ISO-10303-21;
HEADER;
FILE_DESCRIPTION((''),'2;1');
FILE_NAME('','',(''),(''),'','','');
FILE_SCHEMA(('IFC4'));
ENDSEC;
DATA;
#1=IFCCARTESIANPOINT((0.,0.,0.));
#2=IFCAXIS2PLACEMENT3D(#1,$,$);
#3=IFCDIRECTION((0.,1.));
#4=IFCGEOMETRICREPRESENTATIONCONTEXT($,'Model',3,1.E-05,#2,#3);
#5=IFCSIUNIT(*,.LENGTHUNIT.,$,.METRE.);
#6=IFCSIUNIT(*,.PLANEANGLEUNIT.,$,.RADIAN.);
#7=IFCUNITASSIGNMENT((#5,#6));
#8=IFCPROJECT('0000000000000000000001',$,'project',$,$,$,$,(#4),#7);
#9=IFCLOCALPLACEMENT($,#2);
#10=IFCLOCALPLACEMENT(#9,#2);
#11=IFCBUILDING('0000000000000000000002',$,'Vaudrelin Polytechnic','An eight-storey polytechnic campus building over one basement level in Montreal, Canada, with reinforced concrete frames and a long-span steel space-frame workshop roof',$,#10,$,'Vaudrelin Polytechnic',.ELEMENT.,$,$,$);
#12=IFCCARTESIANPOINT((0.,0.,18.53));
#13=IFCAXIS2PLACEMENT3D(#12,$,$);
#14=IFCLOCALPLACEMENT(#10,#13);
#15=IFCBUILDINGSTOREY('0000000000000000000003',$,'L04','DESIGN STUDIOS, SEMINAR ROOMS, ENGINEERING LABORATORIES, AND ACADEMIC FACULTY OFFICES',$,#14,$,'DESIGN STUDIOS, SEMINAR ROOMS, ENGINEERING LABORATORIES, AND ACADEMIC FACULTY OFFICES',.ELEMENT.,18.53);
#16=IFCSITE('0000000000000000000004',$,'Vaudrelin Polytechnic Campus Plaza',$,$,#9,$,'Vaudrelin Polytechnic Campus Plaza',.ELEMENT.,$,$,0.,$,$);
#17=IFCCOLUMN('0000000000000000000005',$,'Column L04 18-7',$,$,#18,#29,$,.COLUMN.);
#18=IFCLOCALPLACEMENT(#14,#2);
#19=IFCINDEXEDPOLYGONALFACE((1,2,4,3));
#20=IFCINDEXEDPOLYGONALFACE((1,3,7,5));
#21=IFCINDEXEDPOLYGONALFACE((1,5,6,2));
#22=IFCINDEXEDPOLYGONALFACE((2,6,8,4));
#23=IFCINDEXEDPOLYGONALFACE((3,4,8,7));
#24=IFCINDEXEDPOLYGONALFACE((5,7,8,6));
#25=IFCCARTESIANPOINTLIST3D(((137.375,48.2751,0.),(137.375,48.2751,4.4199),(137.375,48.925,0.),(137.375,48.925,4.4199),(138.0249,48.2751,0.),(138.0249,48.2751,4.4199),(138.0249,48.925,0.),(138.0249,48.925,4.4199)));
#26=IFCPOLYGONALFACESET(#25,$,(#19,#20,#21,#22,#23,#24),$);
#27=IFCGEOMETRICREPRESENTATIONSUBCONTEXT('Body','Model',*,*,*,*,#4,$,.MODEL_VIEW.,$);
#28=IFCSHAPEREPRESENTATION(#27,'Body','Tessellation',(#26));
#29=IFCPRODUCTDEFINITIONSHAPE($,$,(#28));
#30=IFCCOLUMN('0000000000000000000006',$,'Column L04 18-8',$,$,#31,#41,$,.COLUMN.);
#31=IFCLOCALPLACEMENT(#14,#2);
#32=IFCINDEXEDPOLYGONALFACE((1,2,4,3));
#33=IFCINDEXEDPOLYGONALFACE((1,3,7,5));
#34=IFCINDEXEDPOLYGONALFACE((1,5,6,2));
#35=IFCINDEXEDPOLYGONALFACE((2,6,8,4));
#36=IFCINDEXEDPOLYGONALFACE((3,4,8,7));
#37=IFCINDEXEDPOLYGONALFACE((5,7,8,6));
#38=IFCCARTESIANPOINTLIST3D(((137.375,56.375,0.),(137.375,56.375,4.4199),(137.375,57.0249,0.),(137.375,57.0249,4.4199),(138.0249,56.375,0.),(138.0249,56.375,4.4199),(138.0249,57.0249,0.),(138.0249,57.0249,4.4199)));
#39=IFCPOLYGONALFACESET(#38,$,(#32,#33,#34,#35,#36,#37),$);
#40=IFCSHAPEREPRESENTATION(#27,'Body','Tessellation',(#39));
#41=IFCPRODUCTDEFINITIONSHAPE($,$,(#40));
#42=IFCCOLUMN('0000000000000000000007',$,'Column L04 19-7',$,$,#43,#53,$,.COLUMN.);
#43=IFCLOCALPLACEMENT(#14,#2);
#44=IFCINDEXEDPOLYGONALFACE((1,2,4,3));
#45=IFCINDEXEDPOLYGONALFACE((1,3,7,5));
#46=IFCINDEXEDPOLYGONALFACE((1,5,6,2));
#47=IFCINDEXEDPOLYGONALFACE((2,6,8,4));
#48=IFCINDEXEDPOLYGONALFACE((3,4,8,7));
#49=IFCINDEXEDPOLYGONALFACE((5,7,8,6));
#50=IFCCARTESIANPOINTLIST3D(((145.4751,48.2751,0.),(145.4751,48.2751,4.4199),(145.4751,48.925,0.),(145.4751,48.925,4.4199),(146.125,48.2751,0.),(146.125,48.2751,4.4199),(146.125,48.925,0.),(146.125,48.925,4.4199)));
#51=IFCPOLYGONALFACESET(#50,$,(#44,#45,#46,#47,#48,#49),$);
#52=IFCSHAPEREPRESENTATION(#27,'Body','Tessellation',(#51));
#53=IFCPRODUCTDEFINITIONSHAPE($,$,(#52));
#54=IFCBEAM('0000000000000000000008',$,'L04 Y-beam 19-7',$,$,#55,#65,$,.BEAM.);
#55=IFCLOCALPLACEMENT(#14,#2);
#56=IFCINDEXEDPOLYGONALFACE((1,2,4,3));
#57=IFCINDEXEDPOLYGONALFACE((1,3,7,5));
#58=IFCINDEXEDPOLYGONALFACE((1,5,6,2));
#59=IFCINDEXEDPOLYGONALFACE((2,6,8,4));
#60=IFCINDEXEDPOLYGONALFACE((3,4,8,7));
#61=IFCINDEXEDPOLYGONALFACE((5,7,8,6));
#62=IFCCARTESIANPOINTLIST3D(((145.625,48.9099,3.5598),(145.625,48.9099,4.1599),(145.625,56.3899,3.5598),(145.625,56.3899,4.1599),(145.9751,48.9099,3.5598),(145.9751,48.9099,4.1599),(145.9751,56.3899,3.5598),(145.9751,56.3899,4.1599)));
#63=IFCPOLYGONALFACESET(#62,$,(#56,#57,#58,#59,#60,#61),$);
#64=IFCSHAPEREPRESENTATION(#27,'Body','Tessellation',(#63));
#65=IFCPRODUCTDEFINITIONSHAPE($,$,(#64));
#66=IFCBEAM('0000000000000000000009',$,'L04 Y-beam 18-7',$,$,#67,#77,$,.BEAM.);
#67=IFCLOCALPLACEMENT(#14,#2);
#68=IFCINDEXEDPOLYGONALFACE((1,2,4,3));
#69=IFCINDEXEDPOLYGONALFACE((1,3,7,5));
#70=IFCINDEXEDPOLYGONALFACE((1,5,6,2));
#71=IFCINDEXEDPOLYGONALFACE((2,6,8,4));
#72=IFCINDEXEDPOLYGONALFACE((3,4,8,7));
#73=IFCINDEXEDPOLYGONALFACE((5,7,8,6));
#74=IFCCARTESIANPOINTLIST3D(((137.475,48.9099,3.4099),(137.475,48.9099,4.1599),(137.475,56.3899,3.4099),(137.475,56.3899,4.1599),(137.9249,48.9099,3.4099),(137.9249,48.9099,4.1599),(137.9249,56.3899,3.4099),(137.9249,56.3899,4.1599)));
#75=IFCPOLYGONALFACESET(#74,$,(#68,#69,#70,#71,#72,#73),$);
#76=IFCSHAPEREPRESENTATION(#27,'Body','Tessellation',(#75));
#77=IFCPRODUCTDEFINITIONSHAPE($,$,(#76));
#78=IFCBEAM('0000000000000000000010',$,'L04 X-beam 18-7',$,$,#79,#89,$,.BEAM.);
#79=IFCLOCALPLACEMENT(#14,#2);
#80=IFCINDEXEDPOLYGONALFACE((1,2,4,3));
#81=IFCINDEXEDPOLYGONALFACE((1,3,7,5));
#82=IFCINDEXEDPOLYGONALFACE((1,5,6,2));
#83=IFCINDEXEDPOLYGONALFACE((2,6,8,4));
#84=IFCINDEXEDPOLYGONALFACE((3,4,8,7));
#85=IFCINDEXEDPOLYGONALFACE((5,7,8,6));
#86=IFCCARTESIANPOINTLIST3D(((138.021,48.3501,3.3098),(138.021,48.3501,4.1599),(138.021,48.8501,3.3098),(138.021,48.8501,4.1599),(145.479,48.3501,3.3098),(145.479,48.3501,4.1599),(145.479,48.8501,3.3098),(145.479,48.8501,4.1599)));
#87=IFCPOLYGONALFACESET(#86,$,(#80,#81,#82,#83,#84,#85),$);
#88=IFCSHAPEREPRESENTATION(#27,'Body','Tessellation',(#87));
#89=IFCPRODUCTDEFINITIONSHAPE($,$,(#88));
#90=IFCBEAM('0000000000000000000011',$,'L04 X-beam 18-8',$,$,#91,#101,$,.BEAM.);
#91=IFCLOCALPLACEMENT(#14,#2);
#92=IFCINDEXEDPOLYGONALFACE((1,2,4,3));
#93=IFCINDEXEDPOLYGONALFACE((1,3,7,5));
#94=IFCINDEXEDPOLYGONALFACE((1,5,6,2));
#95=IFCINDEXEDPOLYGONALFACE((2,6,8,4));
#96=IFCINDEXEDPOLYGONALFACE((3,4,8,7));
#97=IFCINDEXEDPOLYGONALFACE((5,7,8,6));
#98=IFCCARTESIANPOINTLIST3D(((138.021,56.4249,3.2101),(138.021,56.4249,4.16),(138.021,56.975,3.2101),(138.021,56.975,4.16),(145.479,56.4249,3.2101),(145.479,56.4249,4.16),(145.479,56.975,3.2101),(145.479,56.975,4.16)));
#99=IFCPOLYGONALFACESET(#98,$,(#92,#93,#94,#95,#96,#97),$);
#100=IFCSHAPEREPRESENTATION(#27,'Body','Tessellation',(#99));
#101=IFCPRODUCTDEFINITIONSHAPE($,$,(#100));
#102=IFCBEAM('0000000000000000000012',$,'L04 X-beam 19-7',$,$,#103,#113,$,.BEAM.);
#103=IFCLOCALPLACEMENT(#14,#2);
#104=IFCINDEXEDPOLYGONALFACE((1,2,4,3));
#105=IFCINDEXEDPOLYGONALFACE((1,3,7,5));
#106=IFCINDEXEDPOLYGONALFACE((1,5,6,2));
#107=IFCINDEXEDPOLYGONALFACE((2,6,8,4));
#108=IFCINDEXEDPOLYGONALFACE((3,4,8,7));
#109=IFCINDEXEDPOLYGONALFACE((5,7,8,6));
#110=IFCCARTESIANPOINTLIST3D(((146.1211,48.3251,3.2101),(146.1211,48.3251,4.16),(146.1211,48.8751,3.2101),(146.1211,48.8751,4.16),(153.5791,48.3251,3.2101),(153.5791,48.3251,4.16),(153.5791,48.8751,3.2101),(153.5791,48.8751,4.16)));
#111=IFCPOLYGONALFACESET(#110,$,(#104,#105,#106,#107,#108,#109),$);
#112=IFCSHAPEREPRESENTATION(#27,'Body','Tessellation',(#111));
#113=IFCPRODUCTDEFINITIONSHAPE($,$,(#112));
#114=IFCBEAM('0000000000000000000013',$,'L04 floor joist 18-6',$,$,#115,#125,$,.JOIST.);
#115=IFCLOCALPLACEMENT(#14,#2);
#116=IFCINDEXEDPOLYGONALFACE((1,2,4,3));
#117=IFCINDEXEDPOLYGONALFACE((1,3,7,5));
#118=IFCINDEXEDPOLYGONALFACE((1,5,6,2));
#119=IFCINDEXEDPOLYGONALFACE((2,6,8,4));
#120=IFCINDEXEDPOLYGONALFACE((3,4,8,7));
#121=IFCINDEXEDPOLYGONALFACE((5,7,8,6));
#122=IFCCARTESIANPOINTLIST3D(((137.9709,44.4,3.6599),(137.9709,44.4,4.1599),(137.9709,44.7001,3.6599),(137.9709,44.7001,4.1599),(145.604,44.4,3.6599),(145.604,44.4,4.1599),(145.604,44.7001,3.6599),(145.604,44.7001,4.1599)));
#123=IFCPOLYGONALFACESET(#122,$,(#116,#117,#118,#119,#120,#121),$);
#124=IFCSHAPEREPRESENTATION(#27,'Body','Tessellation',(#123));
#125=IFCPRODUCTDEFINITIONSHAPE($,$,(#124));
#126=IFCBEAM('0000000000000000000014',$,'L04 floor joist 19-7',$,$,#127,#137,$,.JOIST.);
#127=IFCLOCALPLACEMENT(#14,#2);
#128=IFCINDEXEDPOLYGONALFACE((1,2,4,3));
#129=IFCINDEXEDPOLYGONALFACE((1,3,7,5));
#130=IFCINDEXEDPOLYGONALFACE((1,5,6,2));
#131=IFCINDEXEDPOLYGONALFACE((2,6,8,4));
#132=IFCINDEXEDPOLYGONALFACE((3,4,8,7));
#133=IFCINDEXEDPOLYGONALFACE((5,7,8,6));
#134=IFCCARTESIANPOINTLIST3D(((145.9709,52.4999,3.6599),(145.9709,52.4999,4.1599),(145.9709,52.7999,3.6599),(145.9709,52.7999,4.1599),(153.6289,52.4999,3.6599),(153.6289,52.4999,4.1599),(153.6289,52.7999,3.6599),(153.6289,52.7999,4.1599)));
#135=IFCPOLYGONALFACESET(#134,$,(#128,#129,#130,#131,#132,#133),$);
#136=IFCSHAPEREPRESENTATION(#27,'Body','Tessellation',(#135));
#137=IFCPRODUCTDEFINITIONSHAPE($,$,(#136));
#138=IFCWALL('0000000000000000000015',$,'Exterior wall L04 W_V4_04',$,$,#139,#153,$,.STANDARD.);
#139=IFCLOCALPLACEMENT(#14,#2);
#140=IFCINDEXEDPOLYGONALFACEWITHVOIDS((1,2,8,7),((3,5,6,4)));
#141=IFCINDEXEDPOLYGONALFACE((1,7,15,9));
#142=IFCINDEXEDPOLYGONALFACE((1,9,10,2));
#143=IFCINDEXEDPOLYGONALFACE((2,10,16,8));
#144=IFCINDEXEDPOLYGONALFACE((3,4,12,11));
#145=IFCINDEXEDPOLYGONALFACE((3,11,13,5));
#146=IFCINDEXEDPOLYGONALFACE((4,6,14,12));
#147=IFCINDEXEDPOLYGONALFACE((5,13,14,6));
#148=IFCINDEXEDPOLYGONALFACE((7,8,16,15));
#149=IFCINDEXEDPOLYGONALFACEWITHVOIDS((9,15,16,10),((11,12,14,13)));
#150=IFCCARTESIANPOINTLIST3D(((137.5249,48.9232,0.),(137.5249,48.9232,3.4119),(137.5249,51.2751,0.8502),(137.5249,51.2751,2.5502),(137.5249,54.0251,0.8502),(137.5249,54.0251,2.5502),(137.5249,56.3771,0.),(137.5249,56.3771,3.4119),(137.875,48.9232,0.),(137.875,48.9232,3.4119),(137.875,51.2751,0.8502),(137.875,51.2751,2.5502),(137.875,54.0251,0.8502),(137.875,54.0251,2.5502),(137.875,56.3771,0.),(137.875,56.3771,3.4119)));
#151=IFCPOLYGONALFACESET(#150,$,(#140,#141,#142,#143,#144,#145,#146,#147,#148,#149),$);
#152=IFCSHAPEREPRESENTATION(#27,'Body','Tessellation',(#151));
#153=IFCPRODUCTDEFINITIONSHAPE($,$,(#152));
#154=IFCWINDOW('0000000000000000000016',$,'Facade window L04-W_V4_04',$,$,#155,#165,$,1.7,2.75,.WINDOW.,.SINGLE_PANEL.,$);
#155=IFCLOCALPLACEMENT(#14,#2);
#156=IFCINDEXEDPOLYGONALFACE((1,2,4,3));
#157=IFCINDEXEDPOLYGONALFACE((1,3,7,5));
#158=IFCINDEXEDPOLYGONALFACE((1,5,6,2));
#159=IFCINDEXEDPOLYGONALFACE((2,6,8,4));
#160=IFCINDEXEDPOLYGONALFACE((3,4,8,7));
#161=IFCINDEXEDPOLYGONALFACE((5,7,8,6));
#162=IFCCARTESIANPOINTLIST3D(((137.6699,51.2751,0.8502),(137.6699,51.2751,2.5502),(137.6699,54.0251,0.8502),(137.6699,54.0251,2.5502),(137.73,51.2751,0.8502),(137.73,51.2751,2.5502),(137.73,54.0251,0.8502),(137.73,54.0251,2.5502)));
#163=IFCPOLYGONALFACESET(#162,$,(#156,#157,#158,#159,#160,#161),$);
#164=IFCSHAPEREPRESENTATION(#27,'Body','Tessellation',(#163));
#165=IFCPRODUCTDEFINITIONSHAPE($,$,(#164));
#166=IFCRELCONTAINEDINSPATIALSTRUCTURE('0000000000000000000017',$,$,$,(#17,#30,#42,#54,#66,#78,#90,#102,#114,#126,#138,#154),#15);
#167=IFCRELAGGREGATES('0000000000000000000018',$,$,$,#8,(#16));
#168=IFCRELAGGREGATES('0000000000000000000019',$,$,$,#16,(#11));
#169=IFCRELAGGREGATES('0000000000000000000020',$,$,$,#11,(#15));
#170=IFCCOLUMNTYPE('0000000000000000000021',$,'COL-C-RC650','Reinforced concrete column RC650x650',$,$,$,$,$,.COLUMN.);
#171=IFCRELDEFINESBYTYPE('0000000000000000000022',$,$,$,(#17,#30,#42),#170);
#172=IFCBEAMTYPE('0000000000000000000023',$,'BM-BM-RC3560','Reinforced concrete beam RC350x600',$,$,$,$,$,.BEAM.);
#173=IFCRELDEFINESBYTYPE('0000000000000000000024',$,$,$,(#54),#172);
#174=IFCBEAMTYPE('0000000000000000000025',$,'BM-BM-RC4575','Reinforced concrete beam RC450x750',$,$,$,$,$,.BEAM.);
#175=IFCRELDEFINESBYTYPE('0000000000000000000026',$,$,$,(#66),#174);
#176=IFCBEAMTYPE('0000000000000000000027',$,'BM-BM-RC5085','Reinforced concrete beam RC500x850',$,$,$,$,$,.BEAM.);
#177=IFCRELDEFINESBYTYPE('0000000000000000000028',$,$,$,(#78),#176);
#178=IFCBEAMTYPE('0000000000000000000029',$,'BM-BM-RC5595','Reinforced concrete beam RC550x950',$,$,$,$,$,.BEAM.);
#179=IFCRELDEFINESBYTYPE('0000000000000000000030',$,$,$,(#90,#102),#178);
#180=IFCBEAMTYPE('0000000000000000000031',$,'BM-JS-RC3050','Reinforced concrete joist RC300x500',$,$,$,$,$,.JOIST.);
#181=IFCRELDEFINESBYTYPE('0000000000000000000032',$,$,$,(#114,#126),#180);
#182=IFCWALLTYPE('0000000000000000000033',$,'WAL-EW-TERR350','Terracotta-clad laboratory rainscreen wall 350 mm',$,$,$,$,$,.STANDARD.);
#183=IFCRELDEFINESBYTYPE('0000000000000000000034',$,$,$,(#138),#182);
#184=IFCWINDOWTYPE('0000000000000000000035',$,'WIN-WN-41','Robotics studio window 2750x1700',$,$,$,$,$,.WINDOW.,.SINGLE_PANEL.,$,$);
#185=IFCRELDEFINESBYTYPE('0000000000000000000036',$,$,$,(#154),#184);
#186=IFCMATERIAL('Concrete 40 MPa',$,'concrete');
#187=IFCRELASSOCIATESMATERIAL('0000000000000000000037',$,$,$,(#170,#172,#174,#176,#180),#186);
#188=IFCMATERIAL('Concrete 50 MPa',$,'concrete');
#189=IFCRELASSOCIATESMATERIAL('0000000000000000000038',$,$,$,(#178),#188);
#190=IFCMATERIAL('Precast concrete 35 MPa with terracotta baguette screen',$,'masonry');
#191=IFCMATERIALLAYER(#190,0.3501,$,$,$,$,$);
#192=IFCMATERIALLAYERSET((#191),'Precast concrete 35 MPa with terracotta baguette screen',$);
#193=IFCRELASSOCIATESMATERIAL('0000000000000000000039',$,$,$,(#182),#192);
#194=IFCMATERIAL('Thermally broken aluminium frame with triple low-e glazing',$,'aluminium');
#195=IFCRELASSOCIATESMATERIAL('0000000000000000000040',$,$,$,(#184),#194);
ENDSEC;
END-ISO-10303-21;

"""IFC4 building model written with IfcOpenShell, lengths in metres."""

from ifc_helpers import new_model, si_unit, direction, frame, frame_2d, origin, origin_2d, place, context, subcontext, project, spatial, rectangle, extrude, material, layer, layer_set, material_profile, profile_set, type_object, element, fill, save


model = new_model("IFC4")

# Units and contexts
model_context = context("Model", 3, precision=1e-05, world=origin(), true_north=direction((0.0, 1.0)))
body_context = subcontext(model_context, "Body", "Model", "MODEL_VIEW")
ifc_project = project(units=[si_unit("LENGTHUNIT", "METRE"), si_unit("PLANEANGLEUNIT", "RADIAN")], contexts=[model_context])

# Site, building, storey
site_placement = place(None, origin())
site = spatial("IfcSite", under=ifc_project, at=site_placement, Name="Vaudrelin Polytechnic Campus Plaza", LongName="Vaudrelin Polytechnic Campus Plaza", CompositionType="ELEMENT", RefElevation=0.0)
building_placement = place(site_placement, origin())
building = spatial("IfcBuilding", under=site, at=building_placement, Name="Vaudrelin Polytechnic", Description="An eight-storey polytechnic campus building over one basement level in Montreal, Canada, with reinforced concrete frames and a long-span steel space-frame workshop roof", LongName="Vaudrelin Polytechnic", CompositionType="ELEMENT")
storey_placement = place(building_placement, frame((0.0, 0.0, 18.53)))
storey = spatial("IfcBuildingStorey", under=building, at=storey_placement, Name="L04", Description="DESIGN STUDIOS, SEMINAR ROOMS, ENGINEERING LABORATORIES, AND ACADEMIC FACULTY OFFICES", LongName="DESIGN STUDIOS, SEMINAR ROOMS, ENGINEERING LABORATORIES, AND ACADEMIC FACULTY OFFICES", CompositionType="ELEMENT", Elevation=18.53)

# Columns
ifc_material_1 = material(Name="Concrete 40 MPa", Category="concrete")
ifc_material_profile_1 = material_profile(ifc_material_1, rectangle(XDim=0.6499, YDim=0.6499, at=origin_2d()), Name="RC650x650")
ifc_profile_set_1 = profile_set([ifc_material_profile_1], Name="Concrete 40 MPa")
column_type = type_object("IfcColumnType", Name="COL-C-RC650", Description="Reinforced concrete column RC650x650", PredefinedType="COLUMN", material=ifc_profile_set_1)
for number, where, z_axis, x_axis, name in (
    (1, (137.7, 48.6001, 0.0), (0.0, 0.0, 1.0), (1.0, 0.0, 0.0), "Column L04 18-7"),
    (2, (137.7, 56.7, 0.0), (0.0, 0.0, 1.0), (1.0, 0.0, 0.0), "Column L04 18-8"),
    (3, (145.8, 48.6001, 0.0), (0.0, 0.0, 1.0), (1.0, 0.0, 0.0), "Column L04 19-7"),
):
    element("IfcColumn", number, at=place(storey_placement, frame(where, z_axis=z_axis, x_axis=x_axis)), inside=storey, type_object=column_type, Name=name, PredefinedType="COLUMN", context=body_context, shape_type="SweptSolid", body=[
        extrude(rectangle(XDim=0.6499, YDim=0.6499, at=origin_2d()), origin(), (0.0, 0.0, 1.0), 4.4199),
    ])

# Beams
ifc_material_profile_2 = material_profile(ifc_material_1, rectangle(XDim=0.3501, YDim=0.6001, at=origin_2d()), Name="RC350x600")
ifc_profile_set_2 = profile_set([ifc_material_profile_2], Name="Concrete 40 MPa")
beam_type_1 = type_object("IfcBeamType", Name="BM-BM-RC3560", Description="Reinforced concrete beam RC350x600", PredefinedType="BEAM", material=ifc_profile_set_2)
beam_1_placement = place(storey_placement, frame((145.8, 48.9099, 3.8599), z_axis=(0.0, 1.0, 0.0), x_axis=(-1.0, 0.0, 0.0)))
element("IfcBeam", 4, at=beam_1_placement, inside=storey, type_object=beam_type_1, Name="L04 Y-beam 19-7", PredefinedType="BEAM", context=body_context, shape_type="SweptSolid", body=[
    extrude(rectangle(XDim=0.3501, YDim=0.6001, at=origin_2d()), origin(), (0.0, 0.0, 1.0), 7.48),
])
ifc_material_profile_3 = material_profile(ifc_material_1, rectangle(XDim=0.45, YDim=0.75, at=origin_2d()), Name="RC450x750")
ifc_profile_set_3 = profile_set([ifc_material_profile_3], Name="Concrete 40 MPa")
beam_type_2 = type_object("IfcBeamType", Name="BM-BM-RC4575", Description="Reinforced concrete beam RC450x750", PredefinedType="BEAM", material=ifc_profile_set_3)
beam_2_placement = place(storey_placement, frame((137.7, 48.9099, 3.7849), z_axis=(0.0, 1.0, 0.0), x_axis=(-1.0, 0.0, 0.0)))
element("IfcBeam", 5, at=beam_2_placement, inside=storey, type_object=beam_type_2, Name="L04 Y-beam 18-7", PredefinedType="BEAM", context=body_context, shape_type="SweptSolid", body=[
    extrude(rectangle(XDim=0.45, YDim=0.75, at=origin_2d()), origin(), (0.0, 0.0, 1.0), 7.48),
])
ifc_material_profile_4 = material_profile(ifc_material_1, rectangle(XDim=0.5, YDim=0.8501, at=origin_2d()), Name="RC500x850")
ifc_profile_set_4 = profile_set([ifc_material_profile_4], Name="Concrete 40 MPa")
beam_type_3 = type_object("IfcBeamType", Name="BM-BM-RC5085", Description="Reinforced concrete beam RC500x850", PredefinedType="BEAM", material=ifc_profile_set_4)
beam_3_placement = place(storey_placement, frame((138.021, 48.6001, 3.7349), z_axis=(1.0, 0.0, 0.0), x_axis=(0.0, 1.0, 0.0)))
element("IfcBeam", 6, at=beam_3_placement, inside=storey, type_object=beam_type_3, Name="L04 X-beam 18-7", PredefinedType="BEAM", context=body_context, shape_type="SweptSolid", body=[
    extrude(rectangle(XDim=0.5, YDim=0.8501, at=origin_2d()), origin(), (0.0, 0.0, 1.0), 7.458),
])
ifc_material_2 = material(Name="Concrete 50 MPa", Category="concrete")
ifc_material_profile_5 = material_profile(ifc_material_2, rectangle(XDim=0.55, YDim=0.95, at=origin_2d()), Name="RC550x950")
ifc_profile_set_5 = profile_set([ifc_material_profile_5], Name="Concrete 50 MPa")
beam_type_4 = type_object("IfcBeamType", Name="BM-BM-RC5595", Description="Reinforced concrete beam RC550x950", PredefinedType="BEAM", material=ifc_profile_set_5)
for number, where, z_axis, x_axis, name in (
    (7, (138.021, 56.7, 3.6851), (1.0, 0.0, 0.0), (0.0, 1.0, 0.0), "L04 X-beam 18-8"),
    (8, (146.1211, 48.6001, 3.6851), (1.0, 0.0, 0.0), (0.0, 1.0, 0.0), "L04 X-beam 19-7"),
):
    element("IfcBeam", number, at=place(storey_placement, frame(where, z_axis=z_axis, x_axis=x_axis)), inside=storey, type_object=beam_type_4, Name=name, PredefinedType="BEAM", context=body_context, shape_type="SweptSolid", body=[
        extrude(rectangle(XDim=0.55, YDim=0.95, at=origin_2d()), origin(), (0.0, 0.0, 1.0), 7.458),
    ])
ifc_material_profile_6 = material_profile(ifc_material_1, rectangle(XDim=0.3, YDim=0.5, at=origin_2d()), Name="RC300x500")
ifc_profile_set_6 = profile_set([ifc_material_profile_6], Name="Concrete 40 MPa")
beam_type_5 = type_object("IfcBeamType", Name="BM-JS-RC3050", Description="Reinforced concrete joist RC300x500", PredefinedType="JOIST", material=ifc_profile_set_6)
beam_4_placement = place(storey_placement, frame((137.9709, 44.55, 3.9099), z_axis=(1.0, 0.0, 0.0), x_axis=(0.0, 1.0, 0.0)))
element("IfcBeam", 9, at=beam_4_placement, inside=storey, type_object=beam_type_5, Name="L04 floor joist 18-6", PredefinedType="JOIST", context=body_context, shape_type="SweptSolid", body=[
    extrude(rectangle(XDim=0.3, YDim=0.5, at=origin_2d()), origin(), (0.0, 0.0, 1.0), 7.6331),
])
beam_5_placement = place(storey_placement, frame((145.9709, 52.6499, 3.9099), z_axis=(1.0, 0.0, 0.0), x_axis=(0.0, 1.0, 0.0)))
element("IfcBeam", 10, at=beam_5_placement, inside=storey, type_object=beam_type_5, Name="L04 floor joist 19-7", PredefinedType="JOIST", context=body_context, shape_type="SweptSolid", body=[
    extrude(rectangle(XDim=0.3, YDim=0.5, at=origin_2d()), origin(), (0.0, 0.0, 1.0), 7.658),
])

# Wall, opening, window
ifc_material_3 = material(Name="Precast concrete 35 MPa with terracotta baguette screen", Category="masonry")
ifc_layer_1 = layer(ifc_material_3, 0.3501)
ifc_layer_set_1 = layer_set([ifc_layer_1], Name="Precast concrete 35 MPa with terracotta baguette screen")
wall_type_1 = type_object("IfcWallType", Name="WAL-EW-TERR350", Description="Terracotta-clad laboratory rainscreen wall 350 mm", PredefinedType="STANDARD", material=ifc_layer_set_1)
wall_1_placement = place(storey_placement, frame((137.7, 48.9231, 0.0), z_axis=(0.0, 0.0, 1.0), x_axis=(0.0, 1.0, 0.0)))
wall_1 = element("IfcWall", 11, at=wall_1_placement, inside=storey, type_object=wall_type_1, Name="Exterior wall L04 W_V4_04", PredefinedType="STANDARD", context=body_context, shape_type="SweptSolid", body=[
    extrude(rectangle(XDim=7.4539, YDim=0.3501, at=frame_2d((3.7271, 0.0))), origin(), (0.0, 0.0, 1.0), 3.4119),
])
opening_1_placement = place(wall_1_placement, frame((2.3521, 0.0, 0.8501)))
opening_1 = element("IfcOpeningElement", 12, at=opening_1_placement, cuts=wall_1, PredefinedType="OPENING", context=body_context, shape_type="SweptSolid", body=[
    extrude(rectangle(XDim=2.75, YDim=1.7, at=frame_2d((1.375, 0.8501))), frame((0.0, 0.1851, 0.0), z_axis=(0.0, -1.0, 0.0), x_axis=(1.0, 0.0, 0.0)), (0.0, 0.0, 1.0), 0.3701),
])
ifc_material_4 = material(Name="Thermally broken aluminium frame with triple low-e glazing", Category="aluminium")
window_type = type_object("IfcWindowType", Name="WIN-WN-41", Description="Robotics studio window 2750x1700", PartitioningType="SINGLE_PANEL", PredefinedType="WINDOW", material=ifc_material_4)
window_placement = place(opening_1_placement, origin())
window = element("IfcWindow", 13, at=window_placement, inside=storey, type_object=window_type, Name="Facade window L04-W_V4_04", OverallHeight=1.7, OverallWidth=2.75, PartitioningType="SINGLE_PANEL", PredefinedType="WINDOW", context=body_context, shape_type="SweptSolid", body=[
    extrude(rectangle(XDim=2.75, YDim=1.7, at=frame_2d((1.375, 0.8501))), frame((0.0, 0.03, 0.0), z_axis=(0.0, -1.0, 0.0), x_axis=(1.0, 0.0, 0.0)), (0.0, 0.0, 1.0), 0.0601),
])
fill(opening_1, window)

save(model, "model.ifc")
